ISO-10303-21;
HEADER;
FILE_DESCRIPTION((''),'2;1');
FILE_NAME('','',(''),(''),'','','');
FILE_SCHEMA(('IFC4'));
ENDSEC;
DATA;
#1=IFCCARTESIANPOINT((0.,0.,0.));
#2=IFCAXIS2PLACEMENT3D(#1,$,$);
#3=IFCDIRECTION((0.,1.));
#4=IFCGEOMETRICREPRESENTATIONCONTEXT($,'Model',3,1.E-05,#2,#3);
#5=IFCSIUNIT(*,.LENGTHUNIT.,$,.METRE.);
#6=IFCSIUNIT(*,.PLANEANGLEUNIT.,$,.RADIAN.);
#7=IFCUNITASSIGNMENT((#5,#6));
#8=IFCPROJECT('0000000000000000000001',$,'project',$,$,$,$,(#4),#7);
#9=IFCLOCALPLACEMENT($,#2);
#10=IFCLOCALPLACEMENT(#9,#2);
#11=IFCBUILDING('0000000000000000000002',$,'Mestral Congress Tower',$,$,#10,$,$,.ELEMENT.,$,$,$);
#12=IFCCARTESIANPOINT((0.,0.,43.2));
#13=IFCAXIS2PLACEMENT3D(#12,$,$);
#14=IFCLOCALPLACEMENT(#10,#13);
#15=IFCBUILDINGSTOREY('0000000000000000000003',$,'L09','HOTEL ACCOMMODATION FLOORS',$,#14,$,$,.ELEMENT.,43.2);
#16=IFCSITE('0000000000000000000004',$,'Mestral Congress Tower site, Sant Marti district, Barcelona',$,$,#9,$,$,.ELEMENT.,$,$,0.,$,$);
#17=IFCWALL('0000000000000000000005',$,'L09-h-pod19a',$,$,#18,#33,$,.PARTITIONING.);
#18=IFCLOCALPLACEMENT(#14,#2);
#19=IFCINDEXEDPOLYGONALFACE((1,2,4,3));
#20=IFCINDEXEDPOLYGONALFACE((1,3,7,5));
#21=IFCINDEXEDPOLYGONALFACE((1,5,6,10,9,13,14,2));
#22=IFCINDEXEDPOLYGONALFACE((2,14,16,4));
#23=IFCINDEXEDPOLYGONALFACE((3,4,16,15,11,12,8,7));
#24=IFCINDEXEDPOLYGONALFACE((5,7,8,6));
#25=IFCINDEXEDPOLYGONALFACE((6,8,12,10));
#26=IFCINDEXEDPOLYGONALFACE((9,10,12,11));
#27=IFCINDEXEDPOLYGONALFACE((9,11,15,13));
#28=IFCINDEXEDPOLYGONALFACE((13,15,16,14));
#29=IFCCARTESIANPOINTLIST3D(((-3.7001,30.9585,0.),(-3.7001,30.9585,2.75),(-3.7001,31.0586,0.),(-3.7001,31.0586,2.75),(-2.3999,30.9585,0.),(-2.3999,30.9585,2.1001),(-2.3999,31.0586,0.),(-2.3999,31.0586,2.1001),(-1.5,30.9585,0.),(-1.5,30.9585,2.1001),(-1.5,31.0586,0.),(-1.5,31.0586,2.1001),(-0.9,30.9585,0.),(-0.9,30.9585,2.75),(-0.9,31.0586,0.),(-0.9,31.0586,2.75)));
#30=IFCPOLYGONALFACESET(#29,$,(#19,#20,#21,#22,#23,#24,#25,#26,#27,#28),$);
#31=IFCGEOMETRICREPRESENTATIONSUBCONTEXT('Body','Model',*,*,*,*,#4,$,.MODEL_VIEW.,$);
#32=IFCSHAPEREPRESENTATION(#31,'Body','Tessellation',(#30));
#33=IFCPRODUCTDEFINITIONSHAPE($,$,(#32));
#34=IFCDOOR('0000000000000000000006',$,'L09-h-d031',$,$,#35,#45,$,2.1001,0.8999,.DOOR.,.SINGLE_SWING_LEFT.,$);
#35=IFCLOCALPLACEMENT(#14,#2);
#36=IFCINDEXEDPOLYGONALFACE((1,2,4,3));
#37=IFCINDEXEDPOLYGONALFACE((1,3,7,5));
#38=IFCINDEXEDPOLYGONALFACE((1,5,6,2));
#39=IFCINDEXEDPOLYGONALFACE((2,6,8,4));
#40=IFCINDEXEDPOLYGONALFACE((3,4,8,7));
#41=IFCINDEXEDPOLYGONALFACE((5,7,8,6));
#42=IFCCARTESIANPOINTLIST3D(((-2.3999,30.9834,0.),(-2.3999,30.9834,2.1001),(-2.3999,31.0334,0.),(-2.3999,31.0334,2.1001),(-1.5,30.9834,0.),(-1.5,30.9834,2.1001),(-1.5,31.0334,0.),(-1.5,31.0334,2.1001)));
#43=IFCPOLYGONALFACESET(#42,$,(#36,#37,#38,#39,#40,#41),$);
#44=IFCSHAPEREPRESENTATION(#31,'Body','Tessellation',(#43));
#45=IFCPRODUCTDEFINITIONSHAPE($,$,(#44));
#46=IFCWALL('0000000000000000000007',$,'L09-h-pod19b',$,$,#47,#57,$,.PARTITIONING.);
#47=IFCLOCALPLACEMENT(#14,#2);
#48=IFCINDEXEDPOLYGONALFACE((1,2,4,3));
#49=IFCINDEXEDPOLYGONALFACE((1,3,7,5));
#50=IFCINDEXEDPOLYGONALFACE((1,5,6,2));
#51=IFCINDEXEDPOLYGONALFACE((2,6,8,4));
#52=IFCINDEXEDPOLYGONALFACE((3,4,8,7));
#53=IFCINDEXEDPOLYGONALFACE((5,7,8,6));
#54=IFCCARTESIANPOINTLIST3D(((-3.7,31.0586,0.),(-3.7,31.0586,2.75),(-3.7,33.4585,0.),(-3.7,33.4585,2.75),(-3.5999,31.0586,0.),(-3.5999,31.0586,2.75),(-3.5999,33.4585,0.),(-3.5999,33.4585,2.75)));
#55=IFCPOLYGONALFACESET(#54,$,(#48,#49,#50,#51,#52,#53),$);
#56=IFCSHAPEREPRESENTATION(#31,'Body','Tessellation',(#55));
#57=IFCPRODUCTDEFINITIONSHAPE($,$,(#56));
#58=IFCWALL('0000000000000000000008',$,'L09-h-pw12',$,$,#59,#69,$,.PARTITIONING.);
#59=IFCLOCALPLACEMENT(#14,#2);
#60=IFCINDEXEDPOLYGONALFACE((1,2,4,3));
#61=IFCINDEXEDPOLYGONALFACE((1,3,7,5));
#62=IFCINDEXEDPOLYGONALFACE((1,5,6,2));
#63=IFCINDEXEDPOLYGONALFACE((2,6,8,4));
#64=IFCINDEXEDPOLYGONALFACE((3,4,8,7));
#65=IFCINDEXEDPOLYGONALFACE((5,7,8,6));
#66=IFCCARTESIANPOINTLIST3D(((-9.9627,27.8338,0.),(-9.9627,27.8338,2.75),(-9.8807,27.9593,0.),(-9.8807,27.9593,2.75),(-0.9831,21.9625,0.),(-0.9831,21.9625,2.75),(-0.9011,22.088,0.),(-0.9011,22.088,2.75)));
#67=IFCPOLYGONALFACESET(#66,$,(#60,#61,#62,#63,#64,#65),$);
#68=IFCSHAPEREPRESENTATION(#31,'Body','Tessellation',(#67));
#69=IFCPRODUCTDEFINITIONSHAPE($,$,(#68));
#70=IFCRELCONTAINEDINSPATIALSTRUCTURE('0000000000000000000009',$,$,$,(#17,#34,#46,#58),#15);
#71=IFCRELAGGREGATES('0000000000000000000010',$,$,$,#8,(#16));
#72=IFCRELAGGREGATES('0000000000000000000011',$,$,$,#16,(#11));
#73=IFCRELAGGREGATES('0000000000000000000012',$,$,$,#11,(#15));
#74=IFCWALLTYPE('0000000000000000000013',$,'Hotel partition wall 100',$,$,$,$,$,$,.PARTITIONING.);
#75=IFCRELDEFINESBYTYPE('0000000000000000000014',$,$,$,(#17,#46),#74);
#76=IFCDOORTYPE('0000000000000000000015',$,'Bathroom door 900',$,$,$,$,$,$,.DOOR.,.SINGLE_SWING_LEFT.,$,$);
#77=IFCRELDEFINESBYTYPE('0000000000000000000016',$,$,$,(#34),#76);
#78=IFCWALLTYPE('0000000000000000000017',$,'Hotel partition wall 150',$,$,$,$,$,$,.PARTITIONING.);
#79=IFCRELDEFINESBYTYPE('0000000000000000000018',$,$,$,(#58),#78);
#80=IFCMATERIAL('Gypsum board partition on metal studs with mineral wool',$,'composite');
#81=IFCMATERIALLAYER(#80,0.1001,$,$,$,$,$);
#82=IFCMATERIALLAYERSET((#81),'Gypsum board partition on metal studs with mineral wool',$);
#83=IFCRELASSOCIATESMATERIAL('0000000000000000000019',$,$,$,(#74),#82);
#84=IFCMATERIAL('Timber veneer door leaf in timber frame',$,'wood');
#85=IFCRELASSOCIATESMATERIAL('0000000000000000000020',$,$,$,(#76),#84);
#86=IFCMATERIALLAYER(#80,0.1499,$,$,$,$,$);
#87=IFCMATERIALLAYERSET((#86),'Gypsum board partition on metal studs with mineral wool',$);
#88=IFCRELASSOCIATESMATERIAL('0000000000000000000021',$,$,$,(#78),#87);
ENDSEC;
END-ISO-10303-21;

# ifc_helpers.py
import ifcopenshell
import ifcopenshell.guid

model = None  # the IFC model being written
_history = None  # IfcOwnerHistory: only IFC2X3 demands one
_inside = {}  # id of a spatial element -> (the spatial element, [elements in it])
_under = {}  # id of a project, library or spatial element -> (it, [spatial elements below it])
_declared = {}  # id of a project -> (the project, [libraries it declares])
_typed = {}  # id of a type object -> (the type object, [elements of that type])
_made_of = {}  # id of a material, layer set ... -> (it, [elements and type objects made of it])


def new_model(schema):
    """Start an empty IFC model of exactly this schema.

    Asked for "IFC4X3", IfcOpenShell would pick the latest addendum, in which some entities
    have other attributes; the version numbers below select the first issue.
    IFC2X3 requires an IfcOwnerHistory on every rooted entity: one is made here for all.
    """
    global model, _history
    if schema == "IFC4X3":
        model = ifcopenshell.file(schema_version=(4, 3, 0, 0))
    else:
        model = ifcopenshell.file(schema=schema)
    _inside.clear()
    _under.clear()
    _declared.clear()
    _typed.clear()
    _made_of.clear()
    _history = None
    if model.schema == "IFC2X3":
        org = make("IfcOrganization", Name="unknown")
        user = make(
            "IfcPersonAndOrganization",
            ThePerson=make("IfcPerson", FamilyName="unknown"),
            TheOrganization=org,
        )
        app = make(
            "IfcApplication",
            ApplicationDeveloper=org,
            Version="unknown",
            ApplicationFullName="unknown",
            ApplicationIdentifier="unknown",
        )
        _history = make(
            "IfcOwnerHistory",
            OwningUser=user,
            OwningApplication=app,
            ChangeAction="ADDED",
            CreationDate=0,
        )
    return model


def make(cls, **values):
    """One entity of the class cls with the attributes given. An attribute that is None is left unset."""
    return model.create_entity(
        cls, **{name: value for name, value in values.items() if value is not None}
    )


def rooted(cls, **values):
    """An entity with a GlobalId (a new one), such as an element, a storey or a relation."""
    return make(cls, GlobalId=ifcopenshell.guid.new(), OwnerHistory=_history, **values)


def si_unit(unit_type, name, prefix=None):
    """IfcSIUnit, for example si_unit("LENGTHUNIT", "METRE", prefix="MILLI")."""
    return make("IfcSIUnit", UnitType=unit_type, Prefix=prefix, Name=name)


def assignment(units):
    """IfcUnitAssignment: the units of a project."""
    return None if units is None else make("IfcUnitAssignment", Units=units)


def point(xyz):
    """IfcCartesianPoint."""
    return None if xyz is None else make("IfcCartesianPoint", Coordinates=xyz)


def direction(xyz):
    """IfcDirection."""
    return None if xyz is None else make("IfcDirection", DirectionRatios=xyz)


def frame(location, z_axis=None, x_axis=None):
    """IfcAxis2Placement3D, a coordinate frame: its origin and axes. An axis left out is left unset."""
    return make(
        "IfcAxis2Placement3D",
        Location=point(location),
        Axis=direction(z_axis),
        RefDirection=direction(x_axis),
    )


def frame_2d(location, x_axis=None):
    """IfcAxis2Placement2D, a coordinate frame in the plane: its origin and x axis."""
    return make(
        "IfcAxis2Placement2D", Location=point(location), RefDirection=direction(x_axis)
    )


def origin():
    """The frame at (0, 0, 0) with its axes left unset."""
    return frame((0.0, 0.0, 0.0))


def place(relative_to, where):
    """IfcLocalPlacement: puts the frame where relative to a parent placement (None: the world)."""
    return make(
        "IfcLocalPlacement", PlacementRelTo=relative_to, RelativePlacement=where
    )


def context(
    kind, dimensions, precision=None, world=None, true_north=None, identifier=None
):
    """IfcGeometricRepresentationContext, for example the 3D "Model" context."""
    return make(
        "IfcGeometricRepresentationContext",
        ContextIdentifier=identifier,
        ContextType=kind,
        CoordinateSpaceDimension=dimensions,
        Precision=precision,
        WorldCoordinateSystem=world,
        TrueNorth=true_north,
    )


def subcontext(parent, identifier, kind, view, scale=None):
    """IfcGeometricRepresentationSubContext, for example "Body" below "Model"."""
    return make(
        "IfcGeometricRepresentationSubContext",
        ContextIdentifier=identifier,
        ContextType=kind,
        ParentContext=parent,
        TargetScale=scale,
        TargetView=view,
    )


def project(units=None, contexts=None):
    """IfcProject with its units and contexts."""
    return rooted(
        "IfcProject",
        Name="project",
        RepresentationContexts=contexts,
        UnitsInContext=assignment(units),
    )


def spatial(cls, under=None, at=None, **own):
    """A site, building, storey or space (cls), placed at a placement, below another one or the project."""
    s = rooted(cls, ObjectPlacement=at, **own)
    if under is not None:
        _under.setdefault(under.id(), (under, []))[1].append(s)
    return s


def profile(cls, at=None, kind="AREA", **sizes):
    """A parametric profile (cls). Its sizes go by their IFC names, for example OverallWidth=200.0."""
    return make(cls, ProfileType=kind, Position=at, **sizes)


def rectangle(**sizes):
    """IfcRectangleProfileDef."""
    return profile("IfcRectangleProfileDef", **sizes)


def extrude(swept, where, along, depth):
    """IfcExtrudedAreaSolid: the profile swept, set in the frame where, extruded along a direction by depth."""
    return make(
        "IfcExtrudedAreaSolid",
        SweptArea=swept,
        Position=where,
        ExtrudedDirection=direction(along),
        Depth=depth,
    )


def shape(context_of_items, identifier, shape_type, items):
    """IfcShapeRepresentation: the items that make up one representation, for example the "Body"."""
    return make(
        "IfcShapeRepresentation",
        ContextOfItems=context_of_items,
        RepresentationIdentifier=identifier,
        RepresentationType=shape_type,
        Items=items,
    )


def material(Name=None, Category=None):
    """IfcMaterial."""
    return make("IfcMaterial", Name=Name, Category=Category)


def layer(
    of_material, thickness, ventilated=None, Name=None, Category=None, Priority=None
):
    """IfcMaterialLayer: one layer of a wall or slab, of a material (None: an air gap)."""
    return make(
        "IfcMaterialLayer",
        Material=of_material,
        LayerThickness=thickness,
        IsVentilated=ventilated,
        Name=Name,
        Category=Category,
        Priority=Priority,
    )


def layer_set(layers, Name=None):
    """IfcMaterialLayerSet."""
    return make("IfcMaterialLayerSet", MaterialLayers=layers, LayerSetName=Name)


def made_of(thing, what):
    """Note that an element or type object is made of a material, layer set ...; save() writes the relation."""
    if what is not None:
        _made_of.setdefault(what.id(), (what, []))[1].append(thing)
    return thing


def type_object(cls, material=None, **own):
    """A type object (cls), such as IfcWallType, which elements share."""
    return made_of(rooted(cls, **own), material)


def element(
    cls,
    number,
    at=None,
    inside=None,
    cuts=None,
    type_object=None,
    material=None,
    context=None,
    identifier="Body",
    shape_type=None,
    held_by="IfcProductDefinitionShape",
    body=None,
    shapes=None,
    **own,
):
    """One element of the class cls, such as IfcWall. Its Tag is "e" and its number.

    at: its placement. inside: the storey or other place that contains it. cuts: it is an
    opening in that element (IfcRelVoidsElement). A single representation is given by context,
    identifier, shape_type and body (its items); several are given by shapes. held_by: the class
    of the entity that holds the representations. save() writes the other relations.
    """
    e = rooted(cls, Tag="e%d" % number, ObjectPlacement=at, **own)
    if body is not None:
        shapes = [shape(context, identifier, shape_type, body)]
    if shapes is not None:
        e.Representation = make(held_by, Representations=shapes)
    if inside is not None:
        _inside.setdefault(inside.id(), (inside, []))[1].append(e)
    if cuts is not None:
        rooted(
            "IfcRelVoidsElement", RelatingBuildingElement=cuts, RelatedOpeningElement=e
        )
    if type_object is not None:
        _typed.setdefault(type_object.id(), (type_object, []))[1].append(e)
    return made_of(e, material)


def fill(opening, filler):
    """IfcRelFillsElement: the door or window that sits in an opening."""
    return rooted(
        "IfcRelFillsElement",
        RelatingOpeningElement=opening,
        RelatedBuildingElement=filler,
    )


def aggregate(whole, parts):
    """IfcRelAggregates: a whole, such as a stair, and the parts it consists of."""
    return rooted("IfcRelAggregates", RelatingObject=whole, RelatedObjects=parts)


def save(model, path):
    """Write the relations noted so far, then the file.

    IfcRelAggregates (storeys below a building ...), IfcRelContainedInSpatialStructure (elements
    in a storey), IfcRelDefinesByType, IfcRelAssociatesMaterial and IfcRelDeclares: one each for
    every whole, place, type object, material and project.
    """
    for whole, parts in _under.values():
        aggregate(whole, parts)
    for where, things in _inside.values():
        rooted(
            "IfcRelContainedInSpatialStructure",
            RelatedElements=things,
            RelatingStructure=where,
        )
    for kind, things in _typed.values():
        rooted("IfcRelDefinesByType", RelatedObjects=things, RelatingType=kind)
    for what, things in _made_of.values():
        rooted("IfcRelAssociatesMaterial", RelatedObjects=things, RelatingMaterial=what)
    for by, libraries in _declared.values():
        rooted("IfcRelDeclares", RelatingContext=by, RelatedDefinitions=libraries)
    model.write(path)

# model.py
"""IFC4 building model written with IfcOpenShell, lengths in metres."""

from ifc_helpers import new_model, si_unit, direction, frame, frame_2d, origin, place, context, subcontext, project, spatial, rectangle, extrude, material, layer, layer_set, type_object, element, fill, save


model = new_model("IFC4")

# Units and contexts
model_context = context("Model", 3, precision=1e-05, world=origin(), true_north=direction((0.0, 1.0)))
body_context = subcontext(model_context, "Body", "Model", "MODEL_VIEW")
ifc_project = project(units=[si_unit("LENGTHUNIT", "METRE"), si_unit("PLANEANGLEUNIT", "RADIAN")], contexts=[model_context])

# Site, building, storey
site_placement = place(None, origin())
site = spatial("IfcSite", under=ifc_project, at=site_placement, Name="Mestral Congress Tower site, Sant Marti district, Barcelona", CompositionType="ELEMENT", RefElevation=0.0)
building_placement = place(site_placement, origin())
building = spatial("IfcBuilding", under=site, at=building_placement, Name="Mestral Congress Tower", CompositionType="ELEMENT")
storey_placement = place(building_placement, frame((0.0, 0.0, 43.2)))
storey = spatial("IfcBuildingStorey", under=building, at=storey_placement, Name="L09", Description="HOTEL ACCOMMODATION FLOORS", CompositionType="ELEMENT", Elevation=43.2)

# Wall, opening, door
ifc_material_1 = material(Name="Gypsum board partition on metal studs with mineral wool", Category="composite")
ifc_layer_1 = layer(ifc_material_1, 0.1001)
ifc_layer_set_1 = layer_set([ifc_layer_1], Name="Gypsum board partition on metal studs with mineral wool")
wall_type_1 = type_object("IfcWallType", Name="Hotel partition wall 100", PredefinedType="PARTITIONING", material=ifc_layer_set_1)
wall_1_placement = place(storey_placement, frame((-3.7, 31.0085, 0.0), z_axis=(0.0, 0.0, 1.0), x_axis=(1.0, 0.0, 0.0)))
wall_1 = element("IfcWall", 1, at=wall_1_placement, inside=storey, type_object=wall_type_1, Name="L09-h-pod19a", PredefinedType="PARTITIONING", context=body_context, shape_type="SweptSolid", body=[
    extrude(rectangle(XDim=2.8, YDim=0.1001, at=frame_2d((1.3999, 0.0))), origin(), (0.0, 0.0, 1.0), 2.75),
])
opening_1_placement = place(wall_1_placement, frame((1.3, 0.0, 0.0)))
opening_1 = element("IfcOpeningElement", 2, at=opening_1_placement, cuts=wall_1, PredefinedType="OPENING", context=body_context, shape_type="SweptSolid", body=[
    extrude(rectangle(XDim=0.8999, YDim=2.1001, at=frame_2d((0.45, 1.05))), frame((0.0, 0.0601, 0.0), z_axis=(0.0, -1.0, 0.0), x_axis=(1.0, 0.0, 0.0)), (0.0, 0.0, 1.0), 0.1201),
])
ifc_material_2 = material(Name="Timber veneer door leaf in timber frame", Category="wood")
door_type = type_object("IfcDoorType", Name="Bathroom door 900", OperationType="SINGLE_SWING_LEFT", PredefinedType="DOOR", material=ifc_material_2)
door_placement = place(opening_1_placement, origin())
door = element("IfcDoor", 3, at=door_placement, inside=storey, type_object=door_type, Name="L09-h-d031", OperationType="SINGLE_SWING_LEFT", OverallHeight=2.1001, OverallWidth=0.8999, PredefinedType="DOOR", context=body_context, shape_type="SweptSolid", body=[
    extrude(rectangle(XDim=0.8999, YDim=2.1001, at=frame_2d((0.45, 1.05))), frame((0.0, 0.0249, 0.0), z_axis=(0.0, -1.0, 0.0), x_axis=(1.0, 0.0, 0.0)), (0.0, 0.0, 1.0), 0.05),
])
fill(opening_1, door)

# Walls
wall_2_placement = place(storey_placement, frame((-3.6499, 31.0586, 0.0), z_axis=(0.0, 0.0, 1.0), x_axis=(0.0, 1.0, 0.0)))
element("IfcWall", 4, at=wall_2_placement, inside=storey, type_object=wall_type_1, Name="L09-h-pod19b", PredefinedType="PARTITIONING", context=body_context, shape_type="SweptSolid", body=[
    extrude(rectangle(XDim=2.3999, YDim=0.1001, at=frame_2d((1.2, 0.0))), origin(), (0.0, 0.0, 1.0), 2.75),
])
ifc_layer_2 = layer(ifc_material_1, 0.1499)
ifc_layer_set_2 = layer_set([ifc_layer_2], Name="Gypsum board partition on metal studs with mineral wool")
wall_type_2 = type_object("IfcWallType", Name="Hotel partition wall 150", PredefinedType="PARTITIONING", material=ifc_layer_set_2)
wall_3_placement = place(storey_placement, frame((-9.9216, 27.8965, 0.0), z_axis=(0.0, 0.0, 1.0), x_axis=(0.836971, -0.547248, 0.0)))
element("IfcWall", 5, at=wall_3_placement, inside=storey, type_object=wall_type_2, Name="L09-h-pw12", PredefinedType="PARTITIONING", context=body_context, shape_type="SweptSolid", body=[
    extrude(rectangle(XDim=10.7288, YDim=0.1499, at=frame_2d((5.3643, 0.0))), origin(), (0.0, 0.0, 1.0), 2.75),
])

save(model, "model.ifc")
